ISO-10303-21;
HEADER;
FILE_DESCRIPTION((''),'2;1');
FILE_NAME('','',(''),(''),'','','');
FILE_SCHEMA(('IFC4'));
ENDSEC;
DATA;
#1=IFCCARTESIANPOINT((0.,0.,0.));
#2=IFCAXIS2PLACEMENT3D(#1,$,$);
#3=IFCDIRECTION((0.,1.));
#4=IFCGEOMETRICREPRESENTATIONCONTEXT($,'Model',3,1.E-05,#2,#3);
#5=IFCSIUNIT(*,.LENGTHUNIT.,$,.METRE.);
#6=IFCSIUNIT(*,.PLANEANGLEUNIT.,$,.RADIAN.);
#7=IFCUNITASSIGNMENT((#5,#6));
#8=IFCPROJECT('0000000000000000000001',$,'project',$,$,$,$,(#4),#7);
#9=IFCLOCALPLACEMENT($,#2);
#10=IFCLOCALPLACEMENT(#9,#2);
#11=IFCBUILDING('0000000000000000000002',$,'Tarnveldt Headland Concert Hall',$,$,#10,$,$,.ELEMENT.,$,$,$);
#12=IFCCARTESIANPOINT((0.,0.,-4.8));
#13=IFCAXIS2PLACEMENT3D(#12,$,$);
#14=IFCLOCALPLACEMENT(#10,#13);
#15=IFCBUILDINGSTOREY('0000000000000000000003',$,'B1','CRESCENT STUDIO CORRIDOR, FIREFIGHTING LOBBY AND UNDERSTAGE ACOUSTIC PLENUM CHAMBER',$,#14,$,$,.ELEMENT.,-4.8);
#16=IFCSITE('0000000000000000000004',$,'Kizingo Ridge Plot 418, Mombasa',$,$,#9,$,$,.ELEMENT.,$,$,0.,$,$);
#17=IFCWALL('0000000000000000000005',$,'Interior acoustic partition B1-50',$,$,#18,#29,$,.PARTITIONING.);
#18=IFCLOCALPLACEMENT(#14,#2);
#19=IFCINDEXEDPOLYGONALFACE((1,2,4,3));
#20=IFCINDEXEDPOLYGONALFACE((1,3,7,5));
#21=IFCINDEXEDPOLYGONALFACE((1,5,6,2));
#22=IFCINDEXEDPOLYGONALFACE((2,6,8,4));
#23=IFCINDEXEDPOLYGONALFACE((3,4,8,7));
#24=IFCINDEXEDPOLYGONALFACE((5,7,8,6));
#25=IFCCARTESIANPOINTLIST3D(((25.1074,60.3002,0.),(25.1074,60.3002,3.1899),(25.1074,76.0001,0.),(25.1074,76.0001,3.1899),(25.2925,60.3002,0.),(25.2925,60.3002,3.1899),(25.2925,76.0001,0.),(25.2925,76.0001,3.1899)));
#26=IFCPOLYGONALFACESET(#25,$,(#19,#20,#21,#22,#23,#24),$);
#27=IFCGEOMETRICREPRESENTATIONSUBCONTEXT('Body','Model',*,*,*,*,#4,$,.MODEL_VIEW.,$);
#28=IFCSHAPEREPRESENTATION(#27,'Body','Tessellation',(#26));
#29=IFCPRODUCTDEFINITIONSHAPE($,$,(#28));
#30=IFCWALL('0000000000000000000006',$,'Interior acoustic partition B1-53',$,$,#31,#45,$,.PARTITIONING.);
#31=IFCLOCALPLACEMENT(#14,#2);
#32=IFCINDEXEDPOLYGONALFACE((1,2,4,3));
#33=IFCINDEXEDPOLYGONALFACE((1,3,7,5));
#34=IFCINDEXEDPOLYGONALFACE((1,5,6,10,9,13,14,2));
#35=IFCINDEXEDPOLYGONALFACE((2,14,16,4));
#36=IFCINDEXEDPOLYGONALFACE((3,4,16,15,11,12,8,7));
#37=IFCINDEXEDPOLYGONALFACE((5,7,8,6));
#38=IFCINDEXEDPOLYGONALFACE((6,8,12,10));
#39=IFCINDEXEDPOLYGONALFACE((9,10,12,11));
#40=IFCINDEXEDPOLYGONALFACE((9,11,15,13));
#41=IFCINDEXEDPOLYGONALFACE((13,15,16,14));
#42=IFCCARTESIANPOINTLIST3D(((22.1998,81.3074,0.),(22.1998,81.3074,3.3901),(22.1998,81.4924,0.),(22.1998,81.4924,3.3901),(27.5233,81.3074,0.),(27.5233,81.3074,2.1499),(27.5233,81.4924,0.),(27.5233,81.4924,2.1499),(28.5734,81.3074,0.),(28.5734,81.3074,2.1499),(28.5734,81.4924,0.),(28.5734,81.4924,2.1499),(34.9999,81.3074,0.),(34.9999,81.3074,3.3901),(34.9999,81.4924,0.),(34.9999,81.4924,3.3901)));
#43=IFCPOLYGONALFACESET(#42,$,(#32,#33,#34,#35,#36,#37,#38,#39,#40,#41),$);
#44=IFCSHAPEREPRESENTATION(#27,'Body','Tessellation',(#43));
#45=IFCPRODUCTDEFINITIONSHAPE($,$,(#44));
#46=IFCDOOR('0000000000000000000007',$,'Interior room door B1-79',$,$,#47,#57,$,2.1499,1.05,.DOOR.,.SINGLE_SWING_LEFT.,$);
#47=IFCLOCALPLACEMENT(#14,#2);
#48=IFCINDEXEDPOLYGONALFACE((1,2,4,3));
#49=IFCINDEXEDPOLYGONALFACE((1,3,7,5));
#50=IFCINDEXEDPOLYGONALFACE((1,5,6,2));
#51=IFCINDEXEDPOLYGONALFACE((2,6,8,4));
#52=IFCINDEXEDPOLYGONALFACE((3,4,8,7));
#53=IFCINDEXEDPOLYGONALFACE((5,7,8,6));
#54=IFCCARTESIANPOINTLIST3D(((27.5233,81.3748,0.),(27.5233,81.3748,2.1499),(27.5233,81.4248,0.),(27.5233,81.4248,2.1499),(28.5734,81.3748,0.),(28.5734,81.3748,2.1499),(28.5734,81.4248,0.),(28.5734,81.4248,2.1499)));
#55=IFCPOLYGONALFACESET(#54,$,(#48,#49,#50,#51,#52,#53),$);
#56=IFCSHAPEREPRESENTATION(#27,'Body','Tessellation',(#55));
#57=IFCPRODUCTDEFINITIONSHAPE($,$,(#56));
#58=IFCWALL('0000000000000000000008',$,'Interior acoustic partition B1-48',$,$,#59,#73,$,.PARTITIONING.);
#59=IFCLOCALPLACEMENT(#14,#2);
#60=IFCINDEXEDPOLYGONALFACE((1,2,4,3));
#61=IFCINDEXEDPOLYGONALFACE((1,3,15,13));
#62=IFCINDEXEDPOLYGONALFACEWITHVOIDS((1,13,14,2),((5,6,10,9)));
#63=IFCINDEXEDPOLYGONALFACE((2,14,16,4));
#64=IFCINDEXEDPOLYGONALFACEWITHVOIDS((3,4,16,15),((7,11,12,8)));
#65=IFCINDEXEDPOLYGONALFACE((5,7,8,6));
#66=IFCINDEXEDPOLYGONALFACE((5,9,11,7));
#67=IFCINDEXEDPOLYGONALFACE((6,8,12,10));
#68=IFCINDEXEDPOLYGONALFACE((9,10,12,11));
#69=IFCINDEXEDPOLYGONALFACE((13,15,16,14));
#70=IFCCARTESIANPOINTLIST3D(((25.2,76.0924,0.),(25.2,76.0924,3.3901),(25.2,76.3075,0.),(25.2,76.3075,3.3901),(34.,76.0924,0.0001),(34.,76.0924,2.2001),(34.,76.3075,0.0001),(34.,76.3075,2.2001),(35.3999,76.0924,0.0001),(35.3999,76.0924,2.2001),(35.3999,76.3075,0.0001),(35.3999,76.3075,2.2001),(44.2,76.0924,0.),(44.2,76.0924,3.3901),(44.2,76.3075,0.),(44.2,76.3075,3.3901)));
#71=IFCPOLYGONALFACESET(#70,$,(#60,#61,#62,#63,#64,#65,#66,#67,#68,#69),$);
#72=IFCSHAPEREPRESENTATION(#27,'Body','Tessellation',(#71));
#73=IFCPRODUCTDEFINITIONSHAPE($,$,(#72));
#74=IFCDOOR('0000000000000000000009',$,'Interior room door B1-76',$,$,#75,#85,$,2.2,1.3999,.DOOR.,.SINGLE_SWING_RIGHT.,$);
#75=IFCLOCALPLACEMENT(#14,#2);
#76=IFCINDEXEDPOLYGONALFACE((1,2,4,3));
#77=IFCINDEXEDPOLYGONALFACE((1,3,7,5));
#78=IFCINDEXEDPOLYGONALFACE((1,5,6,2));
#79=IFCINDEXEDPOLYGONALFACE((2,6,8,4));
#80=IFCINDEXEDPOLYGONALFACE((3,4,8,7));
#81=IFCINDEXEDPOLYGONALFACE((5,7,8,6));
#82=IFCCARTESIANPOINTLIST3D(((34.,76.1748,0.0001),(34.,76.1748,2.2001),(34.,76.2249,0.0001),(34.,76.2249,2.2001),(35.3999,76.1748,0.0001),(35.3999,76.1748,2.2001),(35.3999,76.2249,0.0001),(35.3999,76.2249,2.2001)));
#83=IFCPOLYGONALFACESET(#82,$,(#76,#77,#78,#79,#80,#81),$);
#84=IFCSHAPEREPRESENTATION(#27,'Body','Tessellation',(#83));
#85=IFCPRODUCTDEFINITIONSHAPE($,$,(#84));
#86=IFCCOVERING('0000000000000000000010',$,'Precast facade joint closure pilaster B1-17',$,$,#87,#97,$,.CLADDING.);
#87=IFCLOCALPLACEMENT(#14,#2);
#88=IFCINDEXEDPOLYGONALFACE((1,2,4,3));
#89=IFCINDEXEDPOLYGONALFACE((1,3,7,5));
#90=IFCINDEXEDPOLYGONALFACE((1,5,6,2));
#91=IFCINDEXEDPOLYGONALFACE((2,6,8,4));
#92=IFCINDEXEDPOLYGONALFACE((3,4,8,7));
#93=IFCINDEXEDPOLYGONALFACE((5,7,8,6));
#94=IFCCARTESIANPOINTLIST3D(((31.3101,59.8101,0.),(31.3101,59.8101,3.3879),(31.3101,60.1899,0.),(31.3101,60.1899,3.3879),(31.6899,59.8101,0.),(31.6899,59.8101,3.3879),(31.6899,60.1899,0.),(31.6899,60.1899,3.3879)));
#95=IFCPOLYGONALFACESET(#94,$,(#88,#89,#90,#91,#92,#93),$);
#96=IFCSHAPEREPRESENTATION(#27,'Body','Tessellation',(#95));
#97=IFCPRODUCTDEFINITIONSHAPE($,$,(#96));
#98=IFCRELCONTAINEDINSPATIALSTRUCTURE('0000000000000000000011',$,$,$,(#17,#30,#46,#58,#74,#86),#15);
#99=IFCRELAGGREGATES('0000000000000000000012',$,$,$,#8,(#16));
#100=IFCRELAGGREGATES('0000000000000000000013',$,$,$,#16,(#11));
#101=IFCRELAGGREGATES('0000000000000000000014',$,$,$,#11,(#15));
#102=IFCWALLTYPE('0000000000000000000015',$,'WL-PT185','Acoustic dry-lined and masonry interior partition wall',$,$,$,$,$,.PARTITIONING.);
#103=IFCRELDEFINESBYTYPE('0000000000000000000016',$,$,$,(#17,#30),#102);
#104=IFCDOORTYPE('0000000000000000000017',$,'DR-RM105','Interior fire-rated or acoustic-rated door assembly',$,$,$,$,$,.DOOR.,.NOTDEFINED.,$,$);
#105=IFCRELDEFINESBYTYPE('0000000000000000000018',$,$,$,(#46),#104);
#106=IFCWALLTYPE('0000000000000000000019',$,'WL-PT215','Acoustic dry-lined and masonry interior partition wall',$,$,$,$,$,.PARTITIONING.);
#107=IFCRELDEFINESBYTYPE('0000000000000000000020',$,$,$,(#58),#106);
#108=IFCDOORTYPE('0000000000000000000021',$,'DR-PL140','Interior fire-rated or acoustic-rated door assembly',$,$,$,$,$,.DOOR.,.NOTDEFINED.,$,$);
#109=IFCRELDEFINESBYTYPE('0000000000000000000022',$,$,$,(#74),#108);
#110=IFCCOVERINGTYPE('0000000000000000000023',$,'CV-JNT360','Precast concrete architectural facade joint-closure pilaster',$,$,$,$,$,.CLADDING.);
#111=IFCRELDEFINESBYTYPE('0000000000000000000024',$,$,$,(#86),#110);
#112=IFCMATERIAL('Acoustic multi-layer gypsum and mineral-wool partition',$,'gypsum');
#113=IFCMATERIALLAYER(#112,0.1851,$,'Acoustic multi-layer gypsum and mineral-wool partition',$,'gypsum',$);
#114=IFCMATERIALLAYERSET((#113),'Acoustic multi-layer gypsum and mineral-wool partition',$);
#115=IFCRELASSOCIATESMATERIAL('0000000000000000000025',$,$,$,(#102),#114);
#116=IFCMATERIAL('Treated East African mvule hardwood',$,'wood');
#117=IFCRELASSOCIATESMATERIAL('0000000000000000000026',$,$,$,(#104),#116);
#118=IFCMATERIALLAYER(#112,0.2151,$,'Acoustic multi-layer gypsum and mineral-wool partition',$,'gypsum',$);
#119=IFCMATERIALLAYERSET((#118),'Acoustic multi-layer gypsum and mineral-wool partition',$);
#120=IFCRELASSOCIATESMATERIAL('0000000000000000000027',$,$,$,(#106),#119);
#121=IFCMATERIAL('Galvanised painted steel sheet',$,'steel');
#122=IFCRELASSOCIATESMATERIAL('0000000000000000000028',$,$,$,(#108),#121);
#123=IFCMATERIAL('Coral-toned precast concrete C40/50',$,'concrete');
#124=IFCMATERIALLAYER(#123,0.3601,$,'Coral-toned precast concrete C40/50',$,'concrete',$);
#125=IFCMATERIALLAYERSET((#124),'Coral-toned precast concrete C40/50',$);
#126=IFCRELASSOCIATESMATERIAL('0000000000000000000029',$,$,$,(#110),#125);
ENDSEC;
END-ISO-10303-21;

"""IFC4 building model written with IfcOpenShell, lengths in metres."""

from ifc_helpers import new_model, si_unit, direction, frame, frame_2d, origin, origin_2d, place, context, subcontext, project, spatial, rectangle, extrude, material, layer, layer_set, type_object, element, fill, save


model = new_model("IFC4")

# Units and contexts
model_context = context("Model", 3, precision=1e-05, world=origin(), true_north=direction((0.0, 1.0)))
body_context = subcontext(model_context, "Body", "Model", "MODEL_VIEW")
ifc_project = project(units=[si_unit("LENGTHUNIT", "METRE"), si_unit("PLANEANGLEUNIT", "RADIAN")], contexts=[model_context])

# Site, building, storey
site_placement = place(None, origin())
site = spatial("IfcSite", under=ifc_project, at=site_placement, Name="Kizingo Ridge Plot 418, Mombasa", CompositionType="ELEMENT", RefElevation=0.0)
building_placement = place(site_placement, origin())
building = spatial("IfcBuilding", under=site, at=building_placement, Name="Tarnveldt Headland Concert Hall", CompositionType="ELEMENT")
storey_placement = place(building_placement, frame((0.0, 0.0, -4.8)))
storey = spatial("IfcBuildingStorey", under=building, at=storey_placement, Name="B1", Description="CRESCENT STUDIO CORRIDOR, FIREFIGHTING LOBBY AND UNDERSTAGE ACOUSTIC PLENUM CHAMBER", CompositionType="ELEMENT", Elevation=-4.8)

# Shared definitions
ifc_material_1 = material(Name="Coral-toned precast concrete C40/50", Category="concrete")

# Shared definitions
ifc_material_2 = material(Name="Acoustic multi-layer gypsum and mineral-wool partition", Category="gypsum")
ifc_material_3 = material(Name="Treated East African mvule hardwood", Category="wood")

# Wall
ifc_layer_1 = layer(ifc_material_2, 0.1851, Name="Acoustic multi-layer gypsum and mineral-wool partition", Category="gypsum")
ifc_layer_set_1 = layer_set([ifc_layer_1], Name="Acoustic multi-layer gypsum and mineral-wool partition")
wall_type_1 = type_object("IfcWallType", Name="WL-PT185", Description="Acoustic dry-lined and masonry interior partition wall", PredefinedType="PARTITIONING", material=ifc_layer_set_1)
wall_1_placement = place(storey_placement, frame((25.2, 60.3, 0.0), z_axis=(0.0, 0.0, 1.0), x_axis=(0.0, 1.0, 0.0)))
element("IfcWall", 1, at=wall_1_placement, inside=storey, type_object=wall_type_1, Name="Interior acoustic partition B1-50", PredefinedType="PARTITIONING", context=body_context, shape_type="SweptSolid", body=[
    extrude(rectangle(XDim=15.7, YDim=0.1851, at=frame_2d((7.8501, 0.0))), origin(), (0.0, 0.0, 1.0), 3.1899),
])

# Walls, openings, doors
wall_2_placement = place(storey_placement, frame((22.2, 81.3999, 0.0), z_axis=(0.0, 0.0, 1.0), x_axis=(1.0, 0.0, 0.0)))
wall_2 = element("IfcWall", 2, at=wall_2_placement, inside=storey, type_object=wall_type_1, Name="Interior acoustic partition B1-53", PredefinedType="PARTITIONING", context=body_context, shape_type="SweptSolid", body=[
    extrude(rectangle(XDim=12.8, YDim=0.1851, at=frame_2d((6.3999, 0.0))), origin(), (0.0, 0.0, 1.0), 3.3901),
])
opening_1_placement = place(wall_2_placement, frame((5.3235, 0.0, 0.0)))
opening_1 = element("IfcOpeningElement", 3, at=opening_1_placement, cuts=wall_2, PredefinedType="OPENING", context=body_context, shape_type="SweptSolid", body=[
    extrude(rectangle(XDim=1.05, YDim=2.1499, at=frame_2d((0.5249, 1.075))), frame((0.0, 0.1025, 0.0), z_axis=(0.0, -1.0, 0.0), x_axis=(1.0, 0.0, 0.0)), (0.0, 0.0, 1.0), 0.2051),
])
door_type_1 = type_object("IfcDoorType", Name="DR-RM105", Description="Interior fire-rated or acoustic-rated door assembly", OperationType="NOTDEFINED", PredefinedType="DOOR", material=ifc_material_3)
door_1_placement = place(opening_1_placement, origin())
door_1 = element("IfcDoor", 4, at=door_1_placement, inside=storey, type_object=door_type_1, Name="Interior room door B1-79", OperationType="SINGLE_SWING_LEFT", OverallHeight=2.1499, OverallWidth=1.05, PredefinedType="DOOR", context=body_context, shape_type="SweptSolid", body=[
    extrude(rectangle(XDim=1.05, YDim=2.1499, at=frame_2d((0.5249, 1.075))), frame((0.0, 0.0249, 0.0), z_axis=(0.0, -1.0, 0.0), x_axis=(1.0, 0.0, 0.0)), (0.0, 0.0, 1.0), 0.05),
])
fill(opening_1, door_1)
ifc_layer_2 = layer(ifc_material_2, 0.2151, Name="Acoustic multi-layer gypsum and mineral-wool partition", Category="gypsum")
ifc_layer_set_2 = layer_set([ifc_layer_2], Name="Acoustic multi-layer gypsum and mineral-wool partition")
wall_type_2 = type_object("IfcWallType", Name="WL-PT215", Description="Acoustic dry-lined and masonry interior partition wall", PredefinedType="PARTITIONING", material=ifc_layer_set_2)
wall_3_placement = place(storey_placement, frame((25.2, 76.2, 0.0), z_axis=(0.0, 0.0, 1.0), x_axis=(1.0, 0.0, 0.0)))
wall_3 = element("IfcWall", 5, at=wall_3_placement, inside=storey, type_object=wall_type_2, Name="Interior acoustic partition B1-48", PredefinedType="PARTITIONING", context=body_context, shape_type="SweptSolid", body=[
    extrude(rectangle(XDim=19.0, YDim=0.2151, at=frame_2d((9.5, 0.0))), origin(), (0.0, 0.0, 1.0), 3.3901),
])
opening_2_placement = place(wall_3_placement, frame((8.8, 0.0, 0.0)))
opening_2 = element("IfcOpeningElement", 6, at=opening_2_placement, cuts=wall_3, PredefinedType="OPENING", context=body_context, shape_type="SweptSolid", body=[
    extrude(rectangle(XDim=1.3999, YDim=2.2, at=frame_2d((0.7, 1.1001))), frame((0.0, 0.1174, 0.0), z_axis=(0.0, -1.0, 0.0), x_axis=(1.0, 0.0, 0.0)), (0.0, 0.0, 1.0), 0.2351),
])
ifc_material_4 = material(Name="Galvanised painted steel sheet", Category="steel")
door_type_2 = type_object("IfcDoorType", Name="DR-PL140", Description="Interior fire-rated or acoustic-rated door assembly", OperationType="NOTDEFINED", PredefinedType="DOOR", material=ifc_material_4)
door_2_placement = place(opening_2_placement, origin())
door_2 = element("IfcDoor", 7, at=door_2_placement, inside=storey, type_object=door_type_2, Name="Interior room door B1-76", OperationType="SINGLE_SWING_RIGHT", OverallHeight=2.2, OverallWidth=1.3999, PredefinedType="DOOR", context=body_context, shape_type="SweptSolid", body=[
    extrude(rectangle(XDim=1.3999, YDim=2.2, at=frame_2d((0.7, 1.1001))), frame((0.0, 0.0249, 0.0), z_axis=(0.0, -1.0, 0.0), x_axis=(1.0, 0.0, 0.0)), (0.0, 0.0, 1.0), 0.05),
])
fill(opening_2, door_2)

# Covering
ifc_layer_3 = layer(ifc_material_1, 0.3601, Name="Coral-toned precast concrete C40/50", Category="concrete")
ifc_layer_set_3 = layer_set([ifc_layer_3], Name="Coral-toned precast concrete C40/50")
covering_type = type_object("IfcCoveringType", Name="CV-JNT360", Description="Precast concrete architectural facade joint-closure pilaster", PredefinedType="CLADDING", material=ifc_layer_set_3)
covering_placement = place(storey_placement, frame((31.5, 60.0, 0.0), z_axis=(0.0, 0.0, 1.0), x_axis=(-1.0, 0.0, 0.0)))
element("IfcCovering", 8, at=covering_placement, inside=storey, type_object=covering_type, Name="Precast facade joint closure pilaster B1-17", PredefinedType="CLADDING", context=body_context, shape_type="SweptSolid", body=[
    extrude(rectangle(XDim=0.3799, YDim=0.3799, at=origin_2d()), origin(), (0.0, 0.0, 1.0), 3.3879),
])

save(model, "model.ifc")
